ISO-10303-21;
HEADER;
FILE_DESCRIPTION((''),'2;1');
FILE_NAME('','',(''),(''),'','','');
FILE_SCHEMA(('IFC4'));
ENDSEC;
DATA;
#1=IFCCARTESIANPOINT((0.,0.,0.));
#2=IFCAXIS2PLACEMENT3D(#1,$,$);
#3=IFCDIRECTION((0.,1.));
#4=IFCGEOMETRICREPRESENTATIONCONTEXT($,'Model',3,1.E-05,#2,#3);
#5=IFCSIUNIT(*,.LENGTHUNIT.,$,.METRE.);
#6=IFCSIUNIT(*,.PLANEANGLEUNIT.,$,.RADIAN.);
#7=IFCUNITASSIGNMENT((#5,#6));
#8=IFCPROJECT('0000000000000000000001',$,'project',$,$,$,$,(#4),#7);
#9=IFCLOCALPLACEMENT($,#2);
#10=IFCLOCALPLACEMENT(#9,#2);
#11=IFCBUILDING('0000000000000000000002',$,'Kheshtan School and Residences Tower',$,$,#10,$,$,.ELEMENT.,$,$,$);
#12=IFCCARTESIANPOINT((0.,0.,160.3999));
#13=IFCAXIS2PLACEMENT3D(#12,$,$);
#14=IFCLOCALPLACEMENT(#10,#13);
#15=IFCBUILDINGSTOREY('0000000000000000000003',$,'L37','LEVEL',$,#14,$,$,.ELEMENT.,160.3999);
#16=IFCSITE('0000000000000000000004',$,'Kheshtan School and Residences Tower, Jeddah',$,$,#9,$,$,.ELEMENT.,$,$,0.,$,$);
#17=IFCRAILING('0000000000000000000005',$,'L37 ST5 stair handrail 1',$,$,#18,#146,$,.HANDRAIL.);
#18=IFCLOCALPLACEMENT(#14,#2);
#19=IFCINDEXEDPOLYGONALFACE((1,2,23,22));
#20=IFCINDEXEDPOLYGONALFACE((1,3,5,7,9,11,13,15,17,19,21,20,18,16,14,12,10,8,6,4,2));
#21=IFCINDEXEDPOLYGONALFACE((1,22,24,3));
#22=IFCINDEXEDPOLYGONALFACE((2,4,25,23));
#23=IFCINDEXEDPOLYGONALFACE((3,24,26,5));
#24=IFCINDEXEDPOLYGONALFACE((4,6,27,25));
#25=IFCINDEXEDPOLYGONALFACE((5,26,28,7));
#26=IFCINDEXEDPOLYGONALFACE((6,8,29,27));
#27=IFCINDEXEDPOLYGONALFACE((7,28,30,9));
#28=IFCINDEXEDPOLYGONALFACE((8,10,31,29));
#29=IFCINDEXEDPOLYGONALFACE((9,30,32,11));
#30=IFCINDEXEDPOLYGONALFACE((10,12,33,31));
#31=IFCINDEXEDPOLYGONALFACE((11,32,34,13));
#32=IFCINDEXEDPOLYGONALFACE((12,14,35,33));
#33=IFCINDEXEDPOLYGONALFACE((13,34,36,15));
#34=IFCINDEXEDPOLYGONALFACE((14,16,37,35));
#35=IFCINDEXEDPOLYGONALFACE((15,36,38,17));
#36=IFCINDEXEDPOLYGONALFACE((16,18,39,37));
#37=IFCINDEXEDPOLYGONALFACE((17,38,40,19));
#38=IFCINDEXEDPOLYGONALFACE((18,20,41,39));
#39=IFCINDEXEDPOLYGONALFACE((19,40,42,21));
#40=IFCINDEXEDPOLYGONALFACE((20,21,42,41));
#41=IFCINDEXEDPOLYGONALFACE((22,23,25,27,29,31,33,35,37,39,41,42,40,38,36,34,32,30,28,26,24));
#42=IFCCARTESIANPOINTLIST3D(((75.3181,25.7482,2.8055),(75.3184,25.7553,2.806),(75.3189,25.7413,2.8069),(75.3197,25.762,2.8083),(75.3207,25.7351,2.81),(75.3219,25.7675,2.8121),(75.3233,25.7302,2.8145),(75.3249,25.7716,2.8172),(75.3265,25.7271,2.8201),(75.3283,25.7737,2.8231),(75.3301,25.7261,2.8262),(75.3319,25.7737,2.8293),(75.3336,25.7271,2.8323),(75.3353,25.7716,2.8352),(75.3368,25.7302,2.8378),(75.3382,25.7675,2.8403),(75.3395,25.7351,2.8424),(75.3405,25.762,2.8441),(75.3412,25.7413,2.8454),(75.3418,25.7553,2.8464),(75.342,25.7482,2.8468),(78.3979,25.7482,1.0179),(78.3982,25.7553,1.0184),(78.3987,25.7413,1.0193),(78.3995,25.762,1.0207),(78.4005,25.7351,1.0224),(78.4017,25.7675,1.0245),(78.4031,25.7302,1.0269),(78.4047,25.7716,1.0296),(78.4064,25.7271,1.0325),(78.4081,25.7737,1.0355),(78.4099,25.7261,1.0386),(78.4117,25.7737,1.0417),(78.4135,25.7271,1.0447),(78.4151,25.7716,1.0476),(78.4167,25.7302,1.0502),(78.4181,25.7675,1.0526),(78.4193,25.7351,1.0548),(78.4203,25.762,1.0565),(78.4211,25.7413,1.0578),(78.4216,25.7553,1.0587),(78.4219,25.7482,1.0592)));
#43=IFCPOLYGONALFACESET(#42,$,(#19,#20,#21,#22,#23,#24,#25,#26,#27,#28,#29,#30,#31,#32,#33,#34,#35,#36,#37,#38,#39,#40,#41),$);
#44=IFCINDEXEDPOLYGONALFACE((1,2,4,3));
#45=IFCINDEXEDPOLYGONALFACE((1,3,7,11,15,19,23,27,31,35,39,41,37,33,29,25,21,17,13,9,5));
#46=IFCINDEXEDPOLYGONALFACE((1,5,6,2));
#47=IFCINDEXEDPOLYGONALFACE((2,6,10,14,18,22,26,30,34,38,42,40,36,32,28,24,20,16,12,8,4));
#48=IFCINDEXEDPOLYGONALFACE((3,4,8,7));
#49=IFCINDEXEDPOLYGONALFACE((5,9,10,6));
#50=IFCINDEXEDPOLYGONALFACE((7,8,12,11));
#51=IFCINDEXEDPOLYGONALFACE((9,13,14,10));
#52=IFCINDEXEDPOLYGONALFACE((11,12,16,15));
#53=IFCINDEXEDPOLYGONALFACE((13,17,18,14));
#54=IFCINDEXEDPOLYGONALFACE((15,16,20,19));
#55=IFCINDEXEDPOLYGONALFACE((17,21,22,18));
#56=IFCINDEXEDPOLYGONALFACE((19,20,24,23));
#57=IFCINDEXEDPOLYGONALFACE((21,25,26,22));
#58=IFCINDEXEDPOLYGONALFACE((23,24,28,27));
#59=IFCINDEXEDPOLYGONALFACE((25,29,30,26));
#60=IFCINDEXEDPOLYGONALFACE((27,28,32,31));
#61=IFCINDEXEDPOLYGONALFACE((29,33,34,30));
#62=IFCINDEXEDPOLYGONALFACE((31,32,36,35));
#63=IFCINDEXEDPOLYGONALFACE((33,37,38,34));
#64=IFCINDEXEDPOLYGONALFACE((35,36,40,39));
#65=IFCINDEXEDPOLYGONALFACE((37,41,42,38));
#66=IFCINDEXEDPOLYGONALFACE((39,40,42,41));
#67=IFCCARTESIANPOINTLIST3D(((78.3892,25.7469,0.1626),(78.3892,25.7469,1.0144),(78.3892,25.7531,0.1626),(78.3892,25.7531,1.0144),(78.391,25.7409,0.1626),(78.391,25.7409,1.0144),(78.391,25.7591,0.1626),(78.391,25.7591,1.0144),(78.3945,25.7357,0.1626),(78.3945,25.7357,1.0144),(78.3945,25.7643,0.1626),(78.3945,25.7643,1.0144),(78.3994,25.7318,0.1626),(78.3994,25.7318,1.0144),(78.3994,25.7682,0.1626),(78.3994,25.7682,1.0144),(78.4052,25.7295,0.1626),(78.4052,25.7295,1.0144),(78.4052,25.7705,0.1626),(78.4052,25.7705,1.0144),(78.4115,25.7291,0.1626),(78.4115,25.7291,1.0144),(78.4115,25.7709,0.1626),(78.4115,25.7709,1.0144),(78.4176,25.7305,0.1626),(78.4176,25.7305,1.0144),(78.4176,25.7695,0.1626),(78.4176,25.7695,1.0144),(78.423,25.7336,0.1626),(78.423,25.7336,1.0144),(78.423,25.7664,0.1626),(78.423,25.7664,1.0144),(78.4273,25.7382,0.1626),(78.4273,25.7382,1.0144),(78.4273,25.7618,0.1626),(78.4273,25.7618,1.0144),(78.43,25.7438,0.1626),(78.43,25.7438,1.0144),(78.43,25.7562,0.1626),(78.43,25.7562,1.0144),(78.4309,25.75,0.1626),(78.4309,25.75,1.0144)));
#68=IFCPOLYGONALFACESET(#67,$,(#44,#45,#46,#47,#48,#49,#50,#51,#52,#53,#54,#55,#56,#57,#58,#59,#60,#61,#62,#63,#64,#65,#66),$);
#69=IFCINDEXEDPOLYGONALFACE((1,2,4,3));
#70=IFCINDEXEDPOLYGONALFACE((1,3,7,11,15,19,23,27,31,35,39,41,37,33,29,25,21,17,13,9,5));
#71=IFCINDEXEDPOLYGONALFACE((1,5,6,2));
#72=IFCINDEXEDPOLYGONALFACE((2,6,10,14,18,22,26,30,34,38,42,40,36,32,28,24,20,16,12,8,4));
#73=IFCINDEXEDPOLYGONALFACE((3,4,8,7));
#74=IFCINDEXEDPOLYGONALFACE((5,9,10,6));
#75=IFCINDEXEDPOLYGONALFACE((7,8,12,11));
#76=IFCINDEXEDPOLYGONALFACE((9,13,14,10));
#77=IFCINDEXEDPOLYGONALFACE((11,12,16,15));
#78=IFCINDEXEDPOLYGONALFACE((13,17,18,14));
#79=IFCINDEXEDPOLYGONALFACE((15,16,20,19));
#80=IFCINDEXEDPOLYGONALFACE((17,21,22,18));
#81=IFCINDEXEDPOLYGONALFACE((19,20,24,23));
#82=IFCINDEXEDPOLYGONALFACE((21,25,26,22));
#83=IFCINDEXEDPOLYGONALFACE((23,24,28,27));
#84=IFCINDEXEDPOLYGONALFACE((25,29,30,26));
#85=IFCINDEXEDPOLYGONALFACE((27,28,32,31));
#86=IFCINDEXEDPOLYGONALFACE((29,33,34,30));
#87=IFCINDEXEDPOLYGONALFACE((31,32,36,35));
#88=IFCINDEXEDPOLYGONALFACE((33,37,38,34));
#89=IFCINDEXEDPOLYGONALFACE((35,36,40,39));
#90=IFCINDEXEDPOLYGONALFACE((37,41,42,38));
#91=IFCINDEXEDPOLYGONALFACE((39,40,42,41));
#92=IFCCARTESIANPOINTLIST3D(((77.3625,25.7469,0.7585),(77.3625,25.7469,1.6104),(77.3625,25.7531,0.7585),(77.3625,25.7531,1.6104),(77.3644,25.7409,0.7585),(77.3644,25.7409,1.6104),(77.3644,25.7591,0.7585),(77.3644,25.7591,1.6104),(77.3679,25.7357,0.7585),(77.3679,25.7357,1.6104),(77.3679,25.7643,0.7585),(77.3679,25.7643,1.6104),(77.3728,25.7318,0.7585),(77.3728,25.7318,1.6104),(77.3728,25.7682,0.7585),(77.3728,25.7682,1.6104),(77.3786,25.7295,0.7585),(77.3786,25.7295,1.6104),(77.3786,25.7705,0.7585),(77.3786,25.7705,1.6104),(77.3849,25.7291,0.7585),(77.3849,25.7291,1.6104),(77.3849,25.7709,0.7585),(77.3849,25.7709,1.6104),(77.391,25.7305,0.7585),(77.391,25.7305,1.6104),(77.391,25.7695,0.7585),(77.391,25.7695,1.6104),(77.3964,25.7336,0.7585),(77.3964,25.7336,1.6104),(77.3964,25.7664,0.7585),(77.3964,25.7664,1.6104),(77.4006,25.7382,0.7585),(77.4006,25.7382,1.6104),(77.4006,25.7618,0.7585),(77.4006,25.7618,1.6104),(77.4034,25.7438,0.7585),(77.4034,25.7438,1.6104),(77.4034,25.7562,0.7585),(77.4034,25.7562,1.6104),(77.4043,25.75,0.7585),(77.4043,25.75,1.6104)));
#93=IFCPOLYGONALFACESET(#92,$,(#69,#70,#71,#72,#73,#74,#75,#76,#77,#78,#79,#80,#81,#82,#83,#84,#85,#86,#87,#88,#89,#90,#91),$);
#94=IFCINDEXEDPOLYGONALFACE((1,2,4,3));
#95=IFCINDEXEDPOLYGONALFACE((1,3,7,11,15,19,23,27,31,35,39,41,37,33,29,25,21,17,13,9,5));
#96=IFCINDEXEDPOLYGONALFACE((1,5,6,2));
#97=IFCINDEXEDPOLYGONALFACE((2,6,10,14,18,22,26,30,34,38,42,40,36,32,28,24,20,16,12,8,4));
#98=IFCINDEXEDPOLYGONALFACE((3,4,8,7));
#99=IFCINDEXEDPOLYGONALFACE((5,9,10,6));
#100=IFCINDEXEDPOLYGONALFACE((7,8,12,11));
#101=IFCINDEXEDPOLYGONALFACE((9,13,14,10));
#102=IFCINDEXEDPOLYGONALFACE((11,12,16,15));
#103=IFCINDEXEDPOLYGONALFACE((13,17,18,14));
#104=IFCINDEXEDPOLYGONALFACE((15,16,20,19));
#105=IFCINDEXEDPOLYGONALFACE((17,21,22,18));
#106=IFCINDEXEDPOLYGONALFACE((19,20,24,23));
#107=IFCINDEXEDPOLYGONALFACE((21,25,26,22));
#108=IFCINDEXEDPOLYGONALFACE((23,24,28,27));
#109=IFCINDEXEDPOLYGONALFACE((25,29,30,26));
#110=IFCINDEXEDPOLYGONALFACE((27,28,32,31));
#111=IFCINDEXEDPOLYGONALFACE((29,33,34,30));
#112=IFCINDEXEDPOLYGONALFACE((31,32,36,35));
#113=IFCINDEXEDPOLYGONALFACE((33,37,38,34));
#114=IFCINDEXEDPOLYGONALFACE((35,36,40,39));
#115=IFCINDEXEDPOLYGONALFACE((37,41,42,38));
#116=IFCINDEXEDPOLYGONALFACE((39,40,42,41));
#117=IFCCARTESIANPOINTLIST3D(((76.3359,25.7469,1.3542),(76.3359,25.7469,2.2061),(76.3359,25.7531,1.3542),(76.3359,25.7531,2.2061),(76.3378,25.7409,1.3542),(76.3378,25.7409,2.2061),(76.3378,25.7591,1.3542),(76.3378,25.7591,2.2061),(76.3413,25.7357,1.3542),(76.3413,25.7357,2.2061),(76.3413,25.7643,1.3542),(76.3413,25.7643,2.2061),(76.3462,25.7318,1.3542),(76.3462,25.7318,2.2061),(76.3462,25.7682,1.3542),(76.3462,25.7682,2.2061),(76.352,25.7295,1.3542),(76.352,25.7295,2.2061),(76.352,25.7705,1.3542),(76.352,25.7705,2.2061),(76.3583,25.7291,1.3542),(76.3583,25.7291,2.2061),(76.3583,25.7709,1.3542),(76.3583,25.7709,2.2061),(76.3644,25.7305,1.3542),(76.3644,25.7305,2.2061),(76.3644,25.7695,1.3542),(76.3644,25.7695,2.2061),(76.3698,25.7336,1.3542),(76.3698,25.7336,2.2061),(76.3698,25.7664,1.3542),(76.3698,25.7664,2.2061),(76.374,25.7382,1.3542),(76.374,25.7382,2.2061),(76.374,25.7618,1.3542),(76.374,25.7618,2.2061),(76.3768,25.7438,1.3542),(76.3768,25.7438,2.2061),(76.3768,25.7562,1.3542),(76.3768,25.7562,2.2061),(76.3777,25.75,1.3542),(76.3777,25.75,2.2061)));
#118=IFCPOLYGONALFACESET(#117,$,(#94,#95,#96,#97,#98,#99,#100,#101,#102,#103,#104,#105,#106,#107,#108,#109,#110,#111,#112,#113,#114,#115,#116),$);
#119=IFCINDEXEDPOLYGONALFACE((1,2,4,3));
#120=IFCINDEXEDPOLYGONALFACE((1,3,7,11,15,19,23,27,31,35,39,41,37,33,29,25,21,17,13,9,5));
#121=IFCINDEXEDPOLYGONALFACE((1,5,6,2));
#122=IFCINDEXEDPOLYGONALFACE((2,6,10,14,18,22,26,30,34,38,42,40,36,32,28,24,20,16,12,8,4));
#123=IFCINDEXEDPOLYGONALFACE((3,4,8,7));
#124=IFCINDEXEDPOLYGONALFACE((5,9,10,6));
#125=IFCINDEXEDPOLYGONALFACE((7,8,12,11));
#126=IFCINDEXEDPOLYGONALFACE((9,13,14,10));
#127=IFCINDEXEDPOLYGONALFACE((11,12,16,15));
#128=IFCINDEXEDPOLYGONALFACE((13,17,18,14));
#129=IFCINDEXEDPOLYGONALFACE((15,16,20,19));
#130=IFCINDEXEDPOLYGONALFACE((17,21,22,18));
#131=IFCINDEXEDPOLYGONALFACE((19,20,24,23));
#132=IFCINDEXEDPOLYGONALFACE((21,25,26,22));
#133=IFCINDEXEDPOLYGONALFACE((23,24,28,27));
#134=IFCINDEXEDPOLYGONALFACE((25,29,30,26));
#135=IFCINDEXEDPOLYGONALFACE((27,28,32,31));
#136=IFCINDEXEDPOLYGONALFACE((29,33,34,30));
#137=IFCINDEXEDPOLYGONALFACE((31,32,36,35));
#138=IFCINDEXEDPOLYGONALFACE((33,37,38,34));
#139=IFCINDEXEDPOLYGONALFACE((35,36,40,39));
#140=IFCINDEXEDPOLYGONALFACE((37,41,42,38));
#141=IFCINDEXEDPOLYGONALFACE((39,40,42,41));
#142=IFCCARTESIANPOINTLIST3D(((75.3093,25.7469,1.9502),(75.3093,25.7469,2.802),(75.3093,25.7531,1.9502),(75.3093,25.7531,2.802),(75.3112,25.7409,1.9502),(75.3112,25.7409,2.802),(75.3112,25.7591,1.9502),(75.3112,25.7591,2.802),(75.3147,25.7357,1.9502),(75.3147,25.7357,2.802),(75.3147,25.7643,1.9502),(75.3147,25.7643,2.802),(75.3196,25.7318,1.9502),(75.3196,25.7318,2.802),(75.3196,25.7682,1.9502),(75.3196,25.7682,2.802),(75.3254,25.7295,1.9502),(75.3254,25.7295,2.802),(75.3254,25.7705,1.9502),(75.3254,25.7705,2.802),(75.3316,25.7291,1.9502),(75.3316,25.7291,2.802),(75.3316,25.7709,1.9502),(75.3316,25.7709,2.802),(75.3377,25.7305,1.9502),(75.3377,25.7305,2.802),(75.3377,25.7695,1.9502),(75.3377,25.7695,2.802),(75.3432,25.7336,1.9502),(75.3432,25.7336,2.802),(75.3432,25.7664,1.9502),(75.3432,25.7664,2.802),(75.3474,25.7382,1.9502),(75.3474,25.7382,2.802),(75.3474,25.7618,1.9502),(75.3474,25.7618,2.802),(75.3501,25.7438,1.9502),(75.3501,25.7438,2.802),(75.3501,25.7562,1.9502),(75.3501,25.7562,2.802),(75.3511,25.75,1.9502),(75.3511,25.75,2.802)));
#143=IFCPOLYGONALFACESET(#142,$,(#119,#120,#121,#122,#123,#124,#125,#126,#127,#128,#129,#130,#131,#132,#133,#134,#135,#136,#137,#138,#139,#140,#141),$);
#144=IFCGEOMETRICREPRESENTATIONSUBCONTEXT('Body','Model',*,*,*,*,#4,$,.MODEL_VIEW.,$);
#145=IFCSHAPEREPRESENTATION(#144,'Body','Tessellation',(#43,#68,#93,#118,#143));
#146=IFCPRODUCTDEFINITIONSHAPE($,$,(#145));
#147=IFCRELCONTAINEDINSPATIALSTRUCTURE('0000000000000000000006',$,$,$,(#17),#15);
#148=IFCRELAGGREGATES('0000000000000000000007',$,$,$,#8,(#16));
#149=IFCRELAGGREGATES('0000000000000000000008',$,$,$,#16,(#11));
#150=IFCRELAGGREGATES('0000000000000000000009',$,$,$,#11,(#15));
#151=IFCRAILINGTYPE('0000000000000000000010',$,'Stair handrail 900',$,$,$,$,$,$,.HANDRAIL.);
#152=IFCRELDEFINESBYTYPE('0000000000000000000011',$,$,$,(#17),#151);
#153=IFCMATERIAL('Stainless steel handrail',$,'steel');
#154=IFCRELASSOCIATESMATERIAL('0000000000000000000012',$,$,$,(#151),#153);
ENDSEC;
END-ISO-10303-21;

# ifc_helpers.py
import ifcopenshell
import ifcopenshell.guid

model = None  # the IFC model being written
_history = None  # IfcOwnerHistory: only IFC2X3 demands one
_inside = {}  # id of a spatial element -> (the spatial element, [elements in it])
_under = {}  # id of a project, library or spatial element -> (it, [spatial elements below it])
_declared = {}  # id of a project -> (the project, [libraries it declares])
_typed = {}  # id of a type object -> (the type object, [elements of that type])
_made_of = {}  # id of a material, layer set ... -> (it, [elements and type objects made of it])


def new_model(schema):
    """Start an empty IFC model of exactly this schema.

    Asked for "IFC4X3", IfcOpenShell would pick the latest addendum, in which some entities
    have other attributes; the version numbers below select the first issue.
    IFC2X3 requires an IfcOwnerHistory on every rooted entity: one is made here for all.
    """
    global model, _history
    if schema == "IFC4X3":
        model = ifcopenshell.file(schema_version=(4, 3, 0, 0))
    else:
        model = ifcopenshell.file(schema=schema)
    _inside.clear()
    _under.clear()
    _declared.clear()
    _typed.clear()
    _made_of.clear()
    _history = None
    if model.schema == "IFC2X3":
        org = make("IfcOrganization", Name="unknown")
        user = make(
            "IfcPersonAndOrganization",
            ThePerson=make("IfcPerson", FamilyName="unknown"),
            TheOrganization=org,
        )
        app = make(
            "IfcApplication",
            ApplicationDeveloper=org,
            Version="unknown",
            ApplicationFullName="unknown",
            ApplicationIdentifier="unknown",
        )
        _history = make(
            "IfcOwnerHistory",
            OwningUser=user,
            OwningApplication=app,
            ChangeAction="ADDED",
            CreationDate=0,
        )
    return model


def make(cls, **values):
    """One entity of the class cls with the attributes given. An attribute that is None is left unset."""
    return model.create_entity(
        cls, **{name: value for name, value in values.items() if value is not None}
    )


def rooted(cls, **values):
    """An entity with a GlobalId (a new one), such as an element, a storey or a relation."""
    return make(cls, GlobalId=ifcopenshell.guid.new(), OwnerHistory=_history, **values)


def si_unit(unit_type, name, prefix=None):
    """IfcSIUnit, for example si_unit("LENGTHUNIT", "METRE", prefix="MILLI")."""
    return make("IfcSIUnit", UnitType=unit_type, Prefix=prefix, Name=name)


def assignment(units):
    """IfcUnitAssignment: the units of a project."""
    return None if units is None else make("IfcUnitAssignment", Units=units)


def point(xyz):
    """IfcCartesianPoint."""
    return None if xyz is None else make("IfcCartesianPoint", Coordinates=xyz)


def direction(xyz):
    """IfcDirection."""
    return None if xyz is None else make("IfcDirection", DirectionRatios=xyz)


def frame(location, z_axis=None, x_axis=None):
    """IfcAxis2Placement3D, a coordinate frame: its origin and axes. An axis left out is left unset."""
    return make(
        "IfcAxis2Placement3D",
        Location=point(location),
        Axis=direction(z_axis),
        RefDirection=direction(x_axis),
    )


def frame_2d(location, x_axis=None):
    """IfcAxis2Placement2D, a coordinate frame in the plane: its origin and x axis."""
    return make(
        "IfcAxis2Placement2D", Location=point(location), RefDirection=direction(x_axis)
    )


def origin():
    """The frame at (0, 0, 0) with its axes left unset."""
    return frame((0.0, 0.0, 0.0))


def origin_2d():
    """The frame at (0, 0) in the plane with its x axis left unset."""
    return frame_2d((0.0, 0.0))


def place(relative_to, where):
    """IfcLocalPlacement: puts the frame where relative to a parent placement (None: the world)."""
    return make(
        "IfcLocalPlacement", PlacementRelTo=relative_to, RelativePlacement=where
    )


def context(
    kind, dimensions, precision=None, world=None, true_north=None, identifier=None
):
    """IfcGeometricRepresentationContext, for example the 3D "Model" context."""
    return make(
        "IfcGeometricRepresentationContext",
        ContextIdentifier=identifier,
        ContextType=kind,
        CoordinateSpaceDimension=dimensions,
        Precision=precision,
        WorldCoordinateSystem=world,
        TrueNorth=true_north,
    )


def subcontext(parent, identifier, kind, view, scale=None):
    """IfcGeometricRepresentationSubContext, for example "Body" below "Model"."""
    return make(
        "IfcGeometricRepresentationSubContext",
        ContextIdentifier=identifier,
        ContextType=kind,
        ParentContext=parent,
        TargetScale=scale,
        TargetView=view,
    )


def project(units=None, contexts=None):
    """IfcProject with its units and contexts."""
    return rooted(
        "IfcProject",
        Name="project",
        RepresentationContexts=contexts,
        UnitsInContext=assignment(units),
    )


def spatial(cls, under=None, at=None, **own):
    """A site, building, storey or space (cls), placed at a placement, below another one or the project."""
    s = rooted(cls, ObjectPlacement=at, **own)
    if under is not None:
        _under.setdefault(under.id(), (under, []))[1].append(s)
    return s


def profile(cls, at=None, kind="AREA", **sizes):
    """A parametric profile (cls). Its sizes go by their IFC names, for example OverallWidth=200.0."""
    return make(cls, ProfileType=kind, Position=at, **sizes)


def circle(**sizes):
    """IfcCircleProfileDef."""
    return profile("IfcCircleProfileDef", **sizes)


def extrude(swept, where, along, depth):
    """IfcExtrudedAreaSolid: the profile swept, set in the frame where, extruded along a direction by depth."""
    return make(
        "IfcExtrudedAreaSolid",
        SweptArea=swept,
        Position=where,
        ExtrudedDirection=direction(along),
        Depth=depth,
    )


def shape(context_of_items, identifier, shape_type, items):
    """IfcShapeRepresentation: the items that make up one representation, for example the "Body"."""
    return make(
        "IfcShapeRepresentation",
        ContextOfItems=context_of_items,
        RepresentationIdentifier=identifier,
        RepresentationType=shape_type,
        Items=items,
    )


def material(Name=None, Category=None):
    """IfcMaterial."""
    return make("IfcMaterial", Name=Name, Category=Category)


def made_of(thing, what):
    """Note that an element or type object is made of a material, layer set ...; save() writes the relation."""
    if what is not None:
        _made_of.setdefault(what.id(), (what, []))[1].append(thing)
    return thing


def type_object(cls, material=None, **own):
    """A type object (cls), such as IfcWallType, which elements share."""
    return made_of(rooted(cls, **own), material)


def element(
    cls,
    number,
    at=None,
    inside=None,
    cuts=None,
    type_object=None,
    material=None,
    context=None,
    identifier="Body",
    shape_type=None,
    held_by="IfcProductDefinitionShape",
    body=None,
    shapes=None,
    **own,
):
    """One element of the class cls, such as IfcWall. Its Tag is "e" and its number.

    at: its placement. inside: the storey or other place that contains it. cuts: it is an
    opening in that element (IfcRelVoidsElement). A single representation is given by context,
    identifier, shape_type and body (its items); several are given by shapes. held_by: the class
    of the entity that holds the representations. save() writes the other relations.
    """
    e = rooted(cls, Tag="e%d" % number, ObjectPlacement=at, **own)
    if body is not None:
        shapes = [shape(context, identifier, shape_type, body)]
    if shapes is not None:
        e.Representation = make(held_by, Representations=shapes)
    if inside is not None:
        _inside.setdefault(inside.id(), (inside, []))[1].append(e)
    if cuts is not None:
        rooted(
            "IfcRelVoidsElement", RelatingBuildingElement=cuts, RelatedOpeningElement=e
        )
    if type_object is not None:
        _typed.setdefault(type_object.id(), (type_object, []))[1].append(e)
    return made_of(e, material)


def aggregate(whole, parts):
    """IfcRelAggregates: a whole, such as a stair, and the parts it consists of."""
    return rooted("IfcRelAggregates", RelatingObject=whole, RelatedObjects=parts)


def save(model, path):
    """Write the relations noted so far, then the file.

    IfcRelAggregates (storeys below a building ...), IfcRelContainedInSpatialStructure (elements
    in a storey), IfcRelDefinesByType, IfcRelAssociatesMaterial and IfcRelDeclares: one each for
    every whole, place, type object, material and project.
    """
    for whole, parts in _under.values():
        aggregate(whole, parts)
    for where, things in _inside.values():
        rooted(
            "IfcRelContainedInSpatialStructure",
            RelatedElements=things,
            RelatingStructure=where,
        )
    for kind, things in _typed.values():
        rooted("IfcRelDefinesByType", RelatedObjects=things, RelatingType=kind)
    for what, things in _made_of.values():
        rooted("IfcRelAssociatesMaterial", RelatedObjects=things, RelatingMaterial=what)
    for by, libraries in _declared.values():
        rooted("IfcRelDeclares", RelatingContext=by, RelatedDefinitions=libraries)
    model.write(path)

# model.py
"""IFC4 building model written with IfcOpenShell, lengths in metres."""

from ifc_helpers import new_model, si_unit, direction, frame, origin, origin_2d, place, context, subcontext, project, spatial, circle, extrude, material, type_object, element, save


model = new_model("IFC4")

# Units and contexts
model_context = context("Model", 3, precision=1e-05, world=origin(), true_north=direction((0.0, 1.0)))
body_context = subcontext(model_context, "Body", "Model", "MODEL_VIEW")
ifc_project = project(units=[si_unit("LENGTHUNIT", "METRE"), si_unit("PLANEANGLEUNIT", "RADIAN")], contexts=[model_context])

# Site, building, storey
site_placement = place(None, origin())
site = spatial("IfcSite", under=ifc_project, at=site_placement, Name="Kheshtan School and Residences Tower, Jeddah", CompositionType="ELEMENT", RefElevation=0.0)
building_placement = place(site_placement, origin())
building = spatial("IfcBuilding", under=site, at=building_placement, Name="Kheshtan School and Residences Tower", CompositionType="ELEMENT")
storey_placement = place(building_placement, frame((0.0, 0.0, 160.3999)))
storey = spatial("IfcBuildingStorey", under=building, at=storey_placement, Name="L37", Description="LEVEL", CompositionType="ELEMENT", Elevation=160.3999)

# Railing
ifc_material_1 = material(Name="Stainless steel handrail", Category="steel")
railing_type_1 = type_object("IfcRailingType", Name="Stair handrail 900", PredefinedType="HANDRAIL", material=ifc_material_1)
railing_1_placement = place(storey_placement, frame((78.4099, 25.75, 0.1626)))
element("IfcRailing", 1, at=railing_1_placement, inside=storey, type_object=railing_type_1, Name="L37 ST5 stair handrail 1", PredefinedType="HANDRAIL", context=body_context, shape_type="SweptSolid", body=[
    extrude(circle(Radius=0.0239, at=origin_2d()), frame((0.0, 0.0, 0.876), z_axis=(-0.864873, 0.0, 0.50199), x_axis=(0.0, -1.0, 0.0)), (0.0, 0.0, 1.0), 3.561),
    extrude(circle(Radius=0.021, at=origin_2d()), origin(), (0.0, 0.0, 1.0), 0.8518),
    extrude(circle(Radius=0.021, at=origin_2d()), frame((-1.0266, 0.0, 0.5959)), (0.0, 0.0, 1.0), 0.8518),
    extrude(circle(Radius=0.021, at=origin_2d()), frame((-2.0532, 0.0, 1.1917)), (0.0, 0.0, 1.0), 0.8518),
    extrude(circle(Radius=0.021, at=origin_2d()), frame((-3.0798, 0.0, 1.7876)), (0.0, 0.0, 1.0), 0.8518),
])

save(model, "model.ifc")
